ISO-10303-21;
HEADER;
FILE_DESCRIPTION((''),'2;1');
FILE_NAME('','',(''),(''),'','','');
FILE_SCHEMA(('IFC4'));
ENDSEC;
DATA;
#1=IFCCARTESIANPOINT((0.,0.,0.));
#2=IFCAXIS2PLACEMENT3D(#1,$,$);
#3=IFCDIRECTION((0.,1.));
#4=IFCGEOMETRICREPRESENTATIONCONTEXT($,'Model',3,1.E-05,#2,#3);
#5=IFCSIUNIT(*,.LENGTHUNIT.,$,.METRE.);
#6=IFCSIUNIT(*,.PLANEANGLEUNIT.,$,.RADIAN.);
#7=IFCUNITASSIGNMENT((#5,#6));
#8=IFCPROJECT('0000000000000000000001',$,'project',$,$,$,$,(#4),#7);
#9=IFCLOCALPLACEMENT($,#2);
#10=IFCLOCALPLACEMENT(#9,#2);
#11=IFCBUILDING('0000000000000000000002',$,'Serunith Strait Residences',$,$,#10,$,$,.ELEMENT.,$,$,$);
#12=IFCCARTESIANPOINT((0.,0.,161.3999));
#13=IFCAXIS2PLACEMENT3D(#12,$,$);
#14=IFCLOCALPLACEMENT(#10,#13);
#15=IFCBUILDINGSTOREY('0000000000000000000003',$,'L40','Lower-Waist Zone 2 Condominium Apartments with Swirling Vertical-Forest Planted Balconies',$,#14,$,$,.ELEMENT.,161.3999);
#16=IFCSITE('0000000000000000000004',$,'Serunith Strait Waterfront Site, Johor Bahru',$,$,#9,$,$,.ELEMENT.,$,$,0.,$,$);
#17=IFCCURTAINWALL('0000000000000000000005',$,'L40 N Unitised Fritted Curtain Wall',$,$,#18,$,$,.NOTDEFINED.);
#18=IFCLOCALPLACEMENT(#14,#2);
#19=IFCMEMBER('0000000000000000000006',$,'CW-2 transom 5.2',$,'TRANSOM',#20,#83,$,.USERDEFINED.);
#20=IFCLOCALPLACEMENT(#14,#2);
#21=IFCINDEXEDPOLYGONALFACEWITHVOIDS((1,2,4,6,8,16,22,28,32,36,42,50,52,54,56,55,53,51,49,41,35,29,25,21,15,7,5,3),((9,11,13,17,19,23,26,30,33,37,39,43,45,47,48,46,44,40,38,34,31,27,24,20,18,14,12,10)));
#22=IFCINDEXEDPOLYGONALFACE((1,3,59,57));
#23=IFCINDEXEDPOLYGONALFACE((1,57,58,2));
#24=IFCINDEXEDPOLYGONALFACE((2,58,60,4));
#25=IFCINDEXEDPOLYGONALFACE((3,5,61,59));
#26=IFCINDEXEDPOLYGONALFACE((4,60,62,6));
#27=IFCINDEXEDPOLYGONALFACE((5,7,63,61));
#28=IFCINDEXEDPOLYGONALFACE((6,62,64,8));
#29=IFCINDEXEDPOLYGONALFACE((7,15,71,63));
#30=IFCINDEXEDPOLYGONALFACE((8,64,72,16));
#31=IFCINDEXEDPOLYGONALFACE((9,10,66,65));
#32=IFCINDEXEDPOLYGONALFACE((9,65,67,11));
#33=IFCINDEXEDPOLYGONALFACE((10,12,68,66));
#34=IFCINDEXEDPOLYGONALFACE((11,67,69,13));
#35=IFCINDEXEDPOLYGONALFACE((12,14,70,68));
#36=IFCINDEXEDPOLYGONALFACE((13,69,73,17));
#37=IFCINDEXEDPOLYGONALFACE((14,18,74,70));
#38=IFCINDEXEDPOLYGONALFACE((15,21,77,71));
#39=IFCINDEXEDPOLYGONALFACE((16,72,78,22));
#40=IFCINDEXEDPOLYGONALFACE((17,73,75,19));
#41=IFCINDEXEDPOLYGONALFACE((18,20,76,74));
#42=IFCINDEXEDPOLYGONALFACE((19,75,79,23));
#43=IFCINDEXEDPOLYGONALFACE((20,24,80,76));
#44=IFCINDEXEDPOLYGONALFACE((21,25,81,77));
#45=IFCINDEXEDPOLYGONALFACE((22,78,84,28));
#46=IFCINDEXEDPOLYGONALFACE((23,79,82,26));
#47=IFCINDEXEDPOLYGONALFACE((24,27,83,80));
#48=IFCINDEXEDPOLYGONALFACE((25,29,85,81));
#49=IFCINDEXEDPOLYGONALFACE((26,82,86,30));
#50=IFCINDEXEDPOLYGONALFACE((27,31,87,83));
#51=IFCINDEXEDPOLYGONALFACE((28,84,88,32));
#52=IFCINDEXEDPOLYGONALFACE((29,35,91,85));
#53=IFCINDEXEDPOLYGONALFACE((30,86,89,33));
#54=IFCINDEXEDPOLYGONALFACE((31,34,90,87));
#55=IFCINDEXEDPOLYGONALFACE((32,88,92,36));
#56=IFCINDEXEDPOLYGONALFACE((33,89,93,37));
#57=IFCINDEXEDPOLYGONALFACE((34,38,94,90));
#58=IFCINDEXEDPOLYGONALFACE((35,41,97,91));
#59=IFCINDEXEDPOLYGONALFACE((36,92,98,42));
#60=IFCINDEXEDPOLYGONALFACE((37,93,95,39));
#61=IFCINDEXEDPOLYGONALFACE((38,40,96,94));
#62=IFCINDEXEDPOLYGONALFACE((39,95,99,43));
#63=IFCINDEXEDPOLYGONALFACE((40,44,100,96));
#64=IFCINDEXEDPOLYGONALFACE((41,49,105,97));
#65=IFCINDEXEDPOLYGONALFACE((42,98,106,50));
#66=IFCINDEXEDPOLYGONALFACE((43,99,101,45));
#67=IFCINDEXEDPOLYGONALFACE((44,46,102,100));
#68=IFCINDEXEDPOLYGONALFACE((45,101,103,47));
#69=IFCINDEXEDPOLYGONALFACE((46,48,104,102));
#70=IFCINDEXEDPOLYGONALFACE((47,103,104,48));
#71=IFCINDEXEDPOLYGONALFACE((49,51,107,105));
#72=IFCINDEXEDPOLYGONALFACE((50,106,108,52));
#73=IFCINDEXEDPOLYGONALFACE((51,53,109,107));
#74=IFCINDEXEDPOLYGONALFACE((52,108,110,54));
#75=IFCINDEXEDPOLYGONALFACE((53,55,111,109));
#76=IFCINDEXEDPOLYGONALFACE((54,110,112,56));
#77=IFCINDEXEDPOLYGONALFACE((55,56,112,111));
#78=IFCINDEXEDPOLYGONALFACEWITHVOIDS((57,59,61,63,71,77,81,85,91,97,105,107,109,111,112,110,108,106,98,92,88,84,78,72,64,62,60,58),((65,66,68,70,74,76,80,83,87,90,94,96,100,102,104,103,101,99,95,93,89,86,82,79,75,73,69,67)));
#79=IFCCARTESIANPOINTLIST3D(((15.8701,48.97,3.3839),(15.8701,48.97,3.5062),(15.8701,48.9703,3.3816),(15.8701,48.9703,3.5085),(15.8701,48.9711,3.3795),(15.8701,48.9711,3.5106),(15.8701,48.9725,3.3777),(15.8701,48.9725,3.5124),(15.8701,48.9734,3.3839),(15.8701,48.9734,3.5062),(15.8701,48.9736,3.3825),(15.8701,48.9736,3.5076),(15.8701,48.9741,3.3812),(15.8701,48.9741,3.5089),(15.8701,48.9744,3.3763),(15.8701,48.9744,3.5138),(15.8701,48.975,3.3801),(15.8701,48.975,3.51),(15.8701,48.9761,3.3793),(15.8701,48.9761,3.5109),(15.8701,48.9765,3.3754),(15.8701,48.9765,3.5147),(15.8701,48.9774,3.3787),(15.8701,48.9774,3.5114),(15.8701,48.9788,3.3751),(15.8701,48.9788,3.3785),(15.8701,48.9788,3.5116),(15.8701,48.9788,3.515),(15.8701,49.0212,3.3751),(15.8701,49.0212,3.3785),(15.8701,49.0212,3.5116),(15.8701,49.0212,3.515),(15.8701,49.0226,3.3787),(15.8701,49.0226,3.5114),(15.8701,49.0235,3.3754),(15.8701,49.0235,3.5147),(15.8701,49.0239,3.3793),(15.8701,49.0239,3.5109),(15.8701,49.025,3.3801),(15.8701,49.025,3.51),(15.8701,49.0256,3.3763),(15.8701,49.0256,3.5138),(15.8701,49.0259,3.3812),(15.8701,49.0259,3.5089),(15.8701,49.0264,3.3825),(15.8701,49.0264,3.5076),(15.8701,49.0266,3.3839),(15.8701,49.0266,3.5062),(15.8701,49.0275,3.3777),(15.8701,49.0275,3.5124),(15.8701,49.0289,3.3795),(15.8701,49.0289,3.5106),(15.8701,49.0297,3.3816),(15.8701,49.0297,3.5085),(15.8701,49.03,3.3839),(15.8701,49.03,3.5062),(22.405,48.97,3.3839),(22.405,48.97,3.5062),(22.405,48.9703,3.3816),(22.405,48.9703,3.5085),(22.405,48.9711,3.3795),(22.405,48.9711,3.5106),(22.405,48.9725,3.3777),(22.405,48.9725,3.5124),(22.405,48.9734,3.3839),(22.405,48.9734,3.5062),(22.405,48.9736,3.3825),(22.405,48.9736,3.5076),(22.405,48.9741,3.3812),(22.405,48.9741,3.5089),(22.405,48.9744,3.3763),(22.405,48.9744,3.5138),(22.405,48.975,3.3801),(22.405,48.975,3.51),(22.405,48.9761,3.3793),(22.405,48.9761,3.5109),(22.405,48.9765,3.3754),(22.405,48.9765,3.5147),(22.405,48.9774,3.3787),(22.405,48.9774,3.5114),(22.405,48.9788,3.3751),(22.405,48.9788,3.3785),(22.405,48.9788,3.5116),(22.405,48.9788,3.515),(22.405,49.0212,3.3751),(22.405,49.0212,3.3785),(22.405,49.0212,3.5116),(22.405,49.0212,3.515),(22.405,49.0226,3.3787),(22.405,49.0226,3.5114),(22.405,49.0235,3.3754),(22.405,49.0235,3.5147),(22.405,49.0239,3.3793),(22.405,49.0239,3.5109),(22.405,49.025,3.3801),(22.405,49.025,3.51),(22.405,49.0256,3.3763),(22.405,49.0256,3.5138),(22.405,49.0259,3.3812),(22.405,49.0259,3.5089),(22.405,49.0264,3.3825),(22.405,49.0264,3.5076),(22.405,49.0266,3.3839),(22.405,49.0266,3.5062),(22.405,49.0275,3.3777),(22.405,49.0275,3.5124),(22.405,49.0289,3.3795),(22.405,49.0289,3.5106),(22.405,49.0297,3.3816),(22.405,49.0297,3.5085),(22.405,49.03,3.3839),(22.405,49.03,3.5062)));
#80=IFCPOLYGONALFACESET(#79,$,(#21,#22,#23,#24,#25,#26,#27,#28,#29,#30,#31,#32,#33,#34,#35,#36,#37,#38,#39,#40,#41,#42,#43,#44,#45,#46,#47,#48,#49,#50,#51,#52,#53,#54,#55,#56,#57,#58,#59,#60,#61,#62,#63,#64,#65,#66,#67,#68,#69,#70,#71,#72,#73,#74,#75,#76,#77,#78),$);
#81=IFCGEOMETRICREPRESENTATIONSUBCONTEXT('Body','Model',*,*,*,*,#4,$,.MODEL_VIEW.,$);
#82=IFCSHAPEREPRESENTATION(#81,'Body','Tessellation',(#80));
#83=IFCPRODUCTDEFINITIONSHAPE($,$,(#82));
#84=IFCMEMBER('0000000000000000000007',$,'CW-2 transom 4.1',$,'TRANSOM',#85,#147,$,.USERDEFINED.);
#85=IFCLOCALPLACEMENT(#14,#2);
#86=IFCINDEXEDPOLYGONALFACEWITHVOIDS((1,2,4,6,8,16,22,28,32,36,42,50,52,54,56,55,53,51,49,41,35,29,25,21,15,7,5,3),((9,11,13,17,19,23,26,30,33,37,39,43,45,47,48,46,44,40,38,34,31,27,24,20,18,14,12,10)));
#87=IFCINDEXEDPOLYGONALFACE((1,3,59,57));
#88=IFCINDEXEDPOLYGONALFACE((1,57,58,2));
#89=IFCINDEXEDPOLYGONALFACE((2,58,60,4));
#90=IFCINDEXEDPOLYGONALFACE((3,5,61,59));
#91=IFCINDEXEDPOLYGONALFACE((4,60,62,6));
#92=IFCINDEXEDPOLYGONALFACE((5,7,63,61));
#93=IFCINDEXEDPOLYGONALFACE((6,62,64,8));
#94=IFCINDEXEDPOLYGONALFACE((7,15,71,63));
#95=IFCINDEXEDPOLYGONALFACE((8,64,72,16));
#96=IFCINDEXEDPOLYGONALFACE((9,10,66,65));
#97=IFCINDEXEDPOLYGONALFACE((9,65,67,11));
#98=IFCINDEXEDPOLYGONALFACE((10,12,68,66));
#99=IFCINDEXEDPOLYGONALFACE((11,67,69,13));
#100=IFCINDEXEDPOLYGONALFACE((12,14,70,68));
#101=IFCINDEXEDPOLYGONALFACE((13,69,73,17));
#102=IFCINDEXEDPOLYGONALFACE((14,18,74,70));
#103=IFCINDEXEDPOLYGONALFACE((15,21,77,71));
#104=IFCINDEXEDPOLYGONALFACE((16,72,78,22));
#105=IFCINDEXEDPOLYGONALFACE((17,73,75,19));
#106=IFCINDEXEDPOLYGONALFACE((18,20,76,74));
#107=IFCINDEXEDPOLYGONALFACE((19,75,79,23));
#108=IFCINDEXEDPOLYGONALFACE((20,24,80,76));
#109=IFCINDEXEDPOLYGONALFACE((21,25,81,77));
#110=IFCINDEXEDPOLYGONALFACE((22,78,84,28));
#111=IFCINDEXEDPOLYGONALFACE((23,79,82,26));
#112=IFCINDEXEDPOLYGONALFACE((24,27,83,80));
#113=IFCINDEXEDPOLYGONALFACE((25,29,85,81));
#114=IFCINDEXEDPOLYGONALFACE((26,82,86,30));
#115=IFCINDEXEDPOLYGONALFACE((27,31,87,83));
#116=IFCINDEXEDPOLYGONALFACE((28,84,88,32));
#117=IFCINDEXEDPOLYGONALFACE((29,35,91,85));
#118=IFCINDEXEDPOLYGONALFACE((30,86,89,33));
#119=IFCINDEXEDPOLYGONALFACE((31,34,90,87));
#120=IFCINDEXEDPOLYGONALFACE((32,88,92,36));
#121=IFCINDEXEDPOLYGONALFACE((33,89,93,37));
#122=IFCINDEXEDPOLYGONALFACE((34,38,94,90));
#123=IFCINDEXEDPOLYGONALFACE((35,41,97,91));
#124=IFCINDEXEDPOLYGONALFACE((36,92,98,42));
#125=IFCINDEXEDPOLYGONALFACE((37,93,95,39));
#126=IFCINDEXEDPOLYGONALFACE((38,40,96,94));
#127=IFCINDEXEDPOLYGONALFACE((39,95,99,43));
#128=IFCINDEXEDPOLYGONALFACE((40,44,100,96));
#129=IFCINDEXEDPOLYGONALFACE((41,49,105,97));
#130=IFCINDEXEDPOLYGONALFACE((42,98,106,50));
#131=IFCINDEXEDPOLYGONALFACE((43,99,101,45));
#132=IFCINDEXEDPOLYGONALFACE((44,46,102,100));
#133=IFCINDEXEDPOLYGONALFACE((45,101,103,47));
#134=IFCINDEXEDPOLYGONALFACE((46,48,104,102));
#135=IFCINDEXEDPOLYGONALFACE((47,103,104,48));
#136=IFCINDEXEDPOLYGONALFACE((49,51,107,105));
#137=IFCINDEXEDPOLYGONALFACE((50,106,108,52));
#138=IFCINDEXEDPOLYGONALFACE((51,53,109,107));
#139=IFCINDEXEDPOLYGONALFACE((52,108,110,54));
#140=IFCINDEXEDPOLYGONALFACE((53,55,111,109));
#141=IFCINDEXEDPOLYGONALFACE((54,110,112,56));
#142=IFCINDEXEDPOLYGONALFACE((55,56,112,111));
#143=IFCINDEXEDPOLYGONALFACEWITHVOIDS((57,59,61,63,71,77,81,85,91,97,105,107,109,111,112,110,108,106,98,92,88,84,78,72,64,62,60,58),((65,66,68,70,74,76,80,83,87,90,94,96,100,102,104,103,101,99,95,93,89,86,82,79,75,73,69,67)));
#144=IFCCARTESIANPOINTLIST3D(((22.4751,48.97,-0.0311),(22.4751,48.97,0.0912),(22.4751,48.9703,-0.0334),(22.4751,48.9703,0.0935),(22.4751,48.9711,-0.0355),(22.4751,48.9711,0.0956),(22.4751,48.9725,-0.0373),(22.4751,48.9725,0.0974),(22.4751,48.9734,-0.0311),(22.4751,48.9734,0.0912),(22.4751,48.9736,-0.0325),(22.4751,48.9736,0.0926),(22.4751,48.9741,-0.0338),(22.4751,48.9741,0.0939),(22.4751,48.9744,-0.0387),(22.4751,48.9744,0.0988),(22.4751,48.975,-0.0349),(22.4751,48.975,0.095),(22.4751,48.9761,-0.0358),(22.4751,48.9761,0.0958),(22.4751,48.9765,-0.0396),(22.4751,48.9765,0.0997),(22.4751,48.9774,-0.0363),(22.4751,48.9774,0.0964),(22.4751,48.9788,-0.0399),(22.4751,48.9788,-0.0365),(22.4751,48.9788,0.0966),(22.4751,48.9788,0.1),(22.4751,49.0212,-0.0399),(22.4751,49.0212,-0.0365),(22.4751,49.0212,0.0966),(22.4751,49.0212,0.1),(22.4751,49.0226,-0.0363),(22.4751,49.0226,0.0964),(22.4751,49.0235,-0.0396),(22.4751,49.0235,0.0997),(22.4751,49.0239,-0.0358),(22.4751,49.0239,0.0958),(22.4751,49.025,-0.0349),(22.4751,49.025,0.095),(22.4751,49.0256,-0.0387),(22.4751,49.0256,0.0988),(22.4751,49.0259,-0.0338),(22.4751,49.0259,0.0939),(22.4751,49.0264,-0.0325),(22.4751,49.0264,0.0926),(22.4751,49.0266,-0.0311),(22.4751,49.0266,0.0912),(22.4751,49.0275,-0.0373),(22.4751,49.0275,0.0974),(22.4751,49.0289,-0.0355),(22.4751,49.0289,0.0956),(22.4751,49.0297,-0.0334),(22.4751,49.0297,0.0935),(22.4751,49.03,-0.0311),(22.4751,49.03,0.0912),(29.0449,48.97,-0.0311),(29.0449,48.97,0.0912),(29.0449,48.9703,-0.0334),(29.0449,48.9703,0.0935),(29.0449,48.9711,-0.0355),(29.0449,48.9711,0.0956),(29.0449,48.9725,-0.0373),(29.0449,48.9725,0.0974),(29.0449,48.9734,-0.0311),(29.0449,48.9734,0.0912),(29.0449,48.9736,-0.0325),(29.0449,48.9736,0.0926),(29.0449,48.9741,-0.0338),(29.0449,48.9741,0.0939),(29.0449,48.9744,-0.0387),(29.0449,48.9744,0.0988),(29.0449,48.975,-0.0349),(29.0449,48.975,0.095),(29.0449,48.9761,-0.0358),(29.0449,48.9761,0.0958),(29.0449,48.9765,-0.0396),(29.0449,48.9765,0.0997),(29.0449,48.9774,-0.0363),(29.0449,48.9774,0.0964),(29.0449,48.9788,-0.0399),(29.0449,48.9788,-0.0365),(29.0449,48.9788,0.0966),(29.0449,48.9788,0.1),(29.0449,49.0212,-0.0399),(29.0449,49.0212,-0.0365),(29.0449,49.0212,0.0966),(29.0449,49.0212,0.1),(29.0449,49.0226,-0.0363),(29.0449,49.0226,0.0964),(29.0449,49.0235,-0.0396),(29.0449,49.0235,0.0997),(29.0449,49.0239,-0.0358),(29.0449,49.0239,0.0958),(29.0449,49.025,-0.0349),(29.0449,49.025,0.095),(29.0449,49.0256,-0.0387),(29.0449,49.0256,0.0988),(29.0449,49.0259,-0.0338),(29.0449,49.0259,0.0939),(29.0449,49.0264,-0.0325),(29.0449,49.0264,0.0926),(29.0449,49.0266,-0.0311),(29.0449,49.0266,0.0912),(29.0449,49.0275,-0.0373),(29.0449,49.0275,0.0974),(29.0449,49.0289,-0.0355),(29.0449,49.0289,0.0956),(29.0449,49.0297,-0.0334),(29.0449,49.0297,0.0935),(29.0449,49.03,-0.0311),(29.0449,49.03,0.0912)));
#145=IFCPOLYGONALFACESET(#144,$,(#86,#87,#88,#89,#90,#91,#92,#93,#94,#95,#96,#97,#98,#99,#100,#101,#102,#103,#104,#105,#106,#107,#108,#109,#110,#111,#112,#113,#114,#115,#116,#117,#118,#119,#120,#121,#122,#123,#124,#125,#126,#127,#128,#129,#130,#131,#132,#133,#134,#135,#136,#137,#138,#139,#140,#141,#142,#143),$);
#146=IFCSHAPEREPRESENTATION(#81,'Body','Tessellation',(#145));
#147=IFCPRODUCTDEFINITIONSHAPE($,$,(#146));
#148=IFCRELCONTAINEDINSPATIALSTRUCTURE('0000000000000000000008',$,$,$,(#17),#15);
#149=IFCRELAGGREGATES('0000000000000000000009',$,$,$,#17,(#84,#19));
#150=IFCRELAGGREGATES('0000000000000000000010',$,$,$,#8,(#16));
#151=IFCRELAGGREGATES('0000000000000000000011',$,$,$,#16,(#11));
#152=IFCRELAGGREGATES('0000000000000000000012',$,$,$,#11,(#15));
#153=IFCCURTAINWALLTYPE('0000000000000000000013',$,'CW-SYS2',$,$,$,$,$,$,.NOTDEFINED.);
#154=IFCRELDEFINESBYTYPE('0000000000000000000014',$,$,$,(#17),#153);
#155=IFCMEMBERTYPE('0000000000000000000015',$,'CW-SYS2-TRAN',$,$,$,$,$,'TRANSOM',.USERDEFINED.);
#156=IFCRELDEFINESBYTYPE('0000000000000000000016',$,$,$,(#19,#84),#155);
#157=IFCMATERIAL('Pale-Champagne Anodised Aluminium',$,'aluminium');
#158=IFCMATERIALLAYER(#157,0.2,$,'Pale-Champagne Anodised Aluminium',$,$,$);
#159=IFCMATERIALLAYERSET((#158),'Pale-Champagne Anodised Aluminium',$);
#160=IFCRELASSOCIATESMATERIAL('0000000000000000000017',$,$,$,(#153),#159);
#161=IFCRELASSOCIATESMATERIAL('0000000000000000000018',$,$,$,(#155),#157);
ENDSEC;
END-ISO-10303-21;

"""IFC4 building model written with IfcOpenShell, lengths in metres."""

from ifc_helpers import new_model, si_unit, direction, frame, origin, origin_2d, place, context, subcontext, project, spatial, hollow_rectangle, extrude, source, transform, mapped, material, layer, layer_set, material_profile, profile_set, type_object, element, aggregate, save


model = new_model("IFC4")

# Units and contexts
model_context = context("Model", 3, precision=1e-05, world=origin(), true_north=direction((0.0, 1.0)))
body_context = subcontext(model_context, "Body", "Model", "MODEL_VIEW")
ifc_project = project(units=[si_unit("LENGTHUNIT", "METRE"), si_unit("PLANEANGLEUNIT", "RADIAN")], contexts=[model_context])

# Site, building, storey
site_placement = place(None, origin())
site = spatial("IfcSite", under=ifc_project, at=site_placement, Name="Serunith Strait Waterfront Site, Johor Bahru", CompositionType="ELEMENT", RefElevation=0.0)
building_placement = place(site_placement, origin())
building = spatial("IfcBuilding", under=site, at=building_placement, Name="Serunith Strait Residences", CompositionType="ELEMENT")
storey_placement = place(building_placement, frame((0.0, 0.0, 161.3999)))
storey = spatial("IfcBuildingStorey", under=building, at=storey_placement, Name="L40", Description="Lower-Waist Zone 2 Condominium Apartments with Swirling Vertical-Forest Planted Balconies", CompositionType="ELEMENT", Elevation=161.3999)

# Curtain wall, members
ifc_material_1 = material(Name="Pale-Champagne Anodised Aluminium", Category="aluminium")
ifc_layer_1 = layer(ifc_material_1, 0.2, Name="Pale-Champagne Anodised Aluminium")
ifc_layer_set_1 = layer_set([ifc_layer_1], Name="Pale-Champagne Anodised Aluminium")
curtain_wall_type = type_object("IfcCurtainWallType", Name="CW-SYS2", PredefinedType="NOTDEFINED", material=ifc_layer_set_1)
curtain_wall_placement = place(storey_placement, origin())
curtain_wall = element("IfcCurtainWall", 1, at=curtain_wall_placement, inside=storey, type_object=curtain_wall_type, Name="L40 N Unitised Fritted Curtain Wall", PredefinedType="NOTDEFINED")
ifc_material_profile_1 = material_profile(ifc_material_1, hollow_rectangle(XDim=0.0601, YDim=0.1399, WallThickness=0.0034, InnerFilletRadius=0.0054, OuterFilletRadius=0.0088, at=origin_2d()), Name="ALU 140x60x3.5")
ifc_profile_set_1 = profile_set([ifc_material_profile_1], Name="Pale-Champagne Anodised Aluminium")
member_type_1 = type_object("IfcMemberType", Name="CW-SYS2-TRAN", ElementType="TRANSOM", PredefinedType="USERDEFINED", material=ifc_profile_set_1)
shared_shape_1 = source(origin(), body_context, "Body", "SweptSolid", [
    extrude(hollow_rectangle(XDim=0.0601, YDim=0.1399, WallThickness=0.0034, InnerFilletRadius=0.0054, OuterFilletRadius=0.0088, at=origin_2d()), origin(), (0.0, 0.0, 1.0), 6.5349),
])
member_1_placement = place(storey_placement, frame((22.405, 49.0, 3.4451), z_axis=(-1.0, 0.0, 0.0), x_axis=(0.0, -1.0, 0.0)))
member_1 = element("IfcMember", 2, at=member_1_placement, type_object=member_type_1, Name="CW-2 transom 5.2", ObjectType="TRANSOM", PredefinedType="USERDEFINED", context=body_context, shape_type="MappedRepresentation", body=[
    mapped(shared_shape_1, transform((0.0, 0.0, 0.0), scale=1.0)),
])
shared_shape_2 = source(origin(), body_context, "Body", "SweptSolid", [
    extrude(hollow_rectangle(XDim=0.0601, YDim=0.1399, WallThickness=0.0034, InnerFilletRadius=0.0054, OuterFilletRadius=0.0088, at=origin_2d()), origin(), (0.0, 0.0, 1.0), 6.5698),
])
member_2_placement = place(storey_placement, frame((29.0449, 49.0, 0.03), z_axis=(-1.0, 0.0, 0.0), x_axis=(0.0, -1.0, 0.0)))
member_2 = element("IfcMember", 3, at=member_2_placement, type_object=member_type_1, Name="CW-2 transom 4.1", ObjectType="TRANSOM", PredefinedType="USERDEFINED", context=body_context, shape_type="MappedRepresentation", body=[
    mapped(shared_shape_2, transform((0.0, 0.0, 0.0), scale=1.0)),
])
aggregate(curtain_wall, [member_2, member_1])

save(model, "model.ifc")
